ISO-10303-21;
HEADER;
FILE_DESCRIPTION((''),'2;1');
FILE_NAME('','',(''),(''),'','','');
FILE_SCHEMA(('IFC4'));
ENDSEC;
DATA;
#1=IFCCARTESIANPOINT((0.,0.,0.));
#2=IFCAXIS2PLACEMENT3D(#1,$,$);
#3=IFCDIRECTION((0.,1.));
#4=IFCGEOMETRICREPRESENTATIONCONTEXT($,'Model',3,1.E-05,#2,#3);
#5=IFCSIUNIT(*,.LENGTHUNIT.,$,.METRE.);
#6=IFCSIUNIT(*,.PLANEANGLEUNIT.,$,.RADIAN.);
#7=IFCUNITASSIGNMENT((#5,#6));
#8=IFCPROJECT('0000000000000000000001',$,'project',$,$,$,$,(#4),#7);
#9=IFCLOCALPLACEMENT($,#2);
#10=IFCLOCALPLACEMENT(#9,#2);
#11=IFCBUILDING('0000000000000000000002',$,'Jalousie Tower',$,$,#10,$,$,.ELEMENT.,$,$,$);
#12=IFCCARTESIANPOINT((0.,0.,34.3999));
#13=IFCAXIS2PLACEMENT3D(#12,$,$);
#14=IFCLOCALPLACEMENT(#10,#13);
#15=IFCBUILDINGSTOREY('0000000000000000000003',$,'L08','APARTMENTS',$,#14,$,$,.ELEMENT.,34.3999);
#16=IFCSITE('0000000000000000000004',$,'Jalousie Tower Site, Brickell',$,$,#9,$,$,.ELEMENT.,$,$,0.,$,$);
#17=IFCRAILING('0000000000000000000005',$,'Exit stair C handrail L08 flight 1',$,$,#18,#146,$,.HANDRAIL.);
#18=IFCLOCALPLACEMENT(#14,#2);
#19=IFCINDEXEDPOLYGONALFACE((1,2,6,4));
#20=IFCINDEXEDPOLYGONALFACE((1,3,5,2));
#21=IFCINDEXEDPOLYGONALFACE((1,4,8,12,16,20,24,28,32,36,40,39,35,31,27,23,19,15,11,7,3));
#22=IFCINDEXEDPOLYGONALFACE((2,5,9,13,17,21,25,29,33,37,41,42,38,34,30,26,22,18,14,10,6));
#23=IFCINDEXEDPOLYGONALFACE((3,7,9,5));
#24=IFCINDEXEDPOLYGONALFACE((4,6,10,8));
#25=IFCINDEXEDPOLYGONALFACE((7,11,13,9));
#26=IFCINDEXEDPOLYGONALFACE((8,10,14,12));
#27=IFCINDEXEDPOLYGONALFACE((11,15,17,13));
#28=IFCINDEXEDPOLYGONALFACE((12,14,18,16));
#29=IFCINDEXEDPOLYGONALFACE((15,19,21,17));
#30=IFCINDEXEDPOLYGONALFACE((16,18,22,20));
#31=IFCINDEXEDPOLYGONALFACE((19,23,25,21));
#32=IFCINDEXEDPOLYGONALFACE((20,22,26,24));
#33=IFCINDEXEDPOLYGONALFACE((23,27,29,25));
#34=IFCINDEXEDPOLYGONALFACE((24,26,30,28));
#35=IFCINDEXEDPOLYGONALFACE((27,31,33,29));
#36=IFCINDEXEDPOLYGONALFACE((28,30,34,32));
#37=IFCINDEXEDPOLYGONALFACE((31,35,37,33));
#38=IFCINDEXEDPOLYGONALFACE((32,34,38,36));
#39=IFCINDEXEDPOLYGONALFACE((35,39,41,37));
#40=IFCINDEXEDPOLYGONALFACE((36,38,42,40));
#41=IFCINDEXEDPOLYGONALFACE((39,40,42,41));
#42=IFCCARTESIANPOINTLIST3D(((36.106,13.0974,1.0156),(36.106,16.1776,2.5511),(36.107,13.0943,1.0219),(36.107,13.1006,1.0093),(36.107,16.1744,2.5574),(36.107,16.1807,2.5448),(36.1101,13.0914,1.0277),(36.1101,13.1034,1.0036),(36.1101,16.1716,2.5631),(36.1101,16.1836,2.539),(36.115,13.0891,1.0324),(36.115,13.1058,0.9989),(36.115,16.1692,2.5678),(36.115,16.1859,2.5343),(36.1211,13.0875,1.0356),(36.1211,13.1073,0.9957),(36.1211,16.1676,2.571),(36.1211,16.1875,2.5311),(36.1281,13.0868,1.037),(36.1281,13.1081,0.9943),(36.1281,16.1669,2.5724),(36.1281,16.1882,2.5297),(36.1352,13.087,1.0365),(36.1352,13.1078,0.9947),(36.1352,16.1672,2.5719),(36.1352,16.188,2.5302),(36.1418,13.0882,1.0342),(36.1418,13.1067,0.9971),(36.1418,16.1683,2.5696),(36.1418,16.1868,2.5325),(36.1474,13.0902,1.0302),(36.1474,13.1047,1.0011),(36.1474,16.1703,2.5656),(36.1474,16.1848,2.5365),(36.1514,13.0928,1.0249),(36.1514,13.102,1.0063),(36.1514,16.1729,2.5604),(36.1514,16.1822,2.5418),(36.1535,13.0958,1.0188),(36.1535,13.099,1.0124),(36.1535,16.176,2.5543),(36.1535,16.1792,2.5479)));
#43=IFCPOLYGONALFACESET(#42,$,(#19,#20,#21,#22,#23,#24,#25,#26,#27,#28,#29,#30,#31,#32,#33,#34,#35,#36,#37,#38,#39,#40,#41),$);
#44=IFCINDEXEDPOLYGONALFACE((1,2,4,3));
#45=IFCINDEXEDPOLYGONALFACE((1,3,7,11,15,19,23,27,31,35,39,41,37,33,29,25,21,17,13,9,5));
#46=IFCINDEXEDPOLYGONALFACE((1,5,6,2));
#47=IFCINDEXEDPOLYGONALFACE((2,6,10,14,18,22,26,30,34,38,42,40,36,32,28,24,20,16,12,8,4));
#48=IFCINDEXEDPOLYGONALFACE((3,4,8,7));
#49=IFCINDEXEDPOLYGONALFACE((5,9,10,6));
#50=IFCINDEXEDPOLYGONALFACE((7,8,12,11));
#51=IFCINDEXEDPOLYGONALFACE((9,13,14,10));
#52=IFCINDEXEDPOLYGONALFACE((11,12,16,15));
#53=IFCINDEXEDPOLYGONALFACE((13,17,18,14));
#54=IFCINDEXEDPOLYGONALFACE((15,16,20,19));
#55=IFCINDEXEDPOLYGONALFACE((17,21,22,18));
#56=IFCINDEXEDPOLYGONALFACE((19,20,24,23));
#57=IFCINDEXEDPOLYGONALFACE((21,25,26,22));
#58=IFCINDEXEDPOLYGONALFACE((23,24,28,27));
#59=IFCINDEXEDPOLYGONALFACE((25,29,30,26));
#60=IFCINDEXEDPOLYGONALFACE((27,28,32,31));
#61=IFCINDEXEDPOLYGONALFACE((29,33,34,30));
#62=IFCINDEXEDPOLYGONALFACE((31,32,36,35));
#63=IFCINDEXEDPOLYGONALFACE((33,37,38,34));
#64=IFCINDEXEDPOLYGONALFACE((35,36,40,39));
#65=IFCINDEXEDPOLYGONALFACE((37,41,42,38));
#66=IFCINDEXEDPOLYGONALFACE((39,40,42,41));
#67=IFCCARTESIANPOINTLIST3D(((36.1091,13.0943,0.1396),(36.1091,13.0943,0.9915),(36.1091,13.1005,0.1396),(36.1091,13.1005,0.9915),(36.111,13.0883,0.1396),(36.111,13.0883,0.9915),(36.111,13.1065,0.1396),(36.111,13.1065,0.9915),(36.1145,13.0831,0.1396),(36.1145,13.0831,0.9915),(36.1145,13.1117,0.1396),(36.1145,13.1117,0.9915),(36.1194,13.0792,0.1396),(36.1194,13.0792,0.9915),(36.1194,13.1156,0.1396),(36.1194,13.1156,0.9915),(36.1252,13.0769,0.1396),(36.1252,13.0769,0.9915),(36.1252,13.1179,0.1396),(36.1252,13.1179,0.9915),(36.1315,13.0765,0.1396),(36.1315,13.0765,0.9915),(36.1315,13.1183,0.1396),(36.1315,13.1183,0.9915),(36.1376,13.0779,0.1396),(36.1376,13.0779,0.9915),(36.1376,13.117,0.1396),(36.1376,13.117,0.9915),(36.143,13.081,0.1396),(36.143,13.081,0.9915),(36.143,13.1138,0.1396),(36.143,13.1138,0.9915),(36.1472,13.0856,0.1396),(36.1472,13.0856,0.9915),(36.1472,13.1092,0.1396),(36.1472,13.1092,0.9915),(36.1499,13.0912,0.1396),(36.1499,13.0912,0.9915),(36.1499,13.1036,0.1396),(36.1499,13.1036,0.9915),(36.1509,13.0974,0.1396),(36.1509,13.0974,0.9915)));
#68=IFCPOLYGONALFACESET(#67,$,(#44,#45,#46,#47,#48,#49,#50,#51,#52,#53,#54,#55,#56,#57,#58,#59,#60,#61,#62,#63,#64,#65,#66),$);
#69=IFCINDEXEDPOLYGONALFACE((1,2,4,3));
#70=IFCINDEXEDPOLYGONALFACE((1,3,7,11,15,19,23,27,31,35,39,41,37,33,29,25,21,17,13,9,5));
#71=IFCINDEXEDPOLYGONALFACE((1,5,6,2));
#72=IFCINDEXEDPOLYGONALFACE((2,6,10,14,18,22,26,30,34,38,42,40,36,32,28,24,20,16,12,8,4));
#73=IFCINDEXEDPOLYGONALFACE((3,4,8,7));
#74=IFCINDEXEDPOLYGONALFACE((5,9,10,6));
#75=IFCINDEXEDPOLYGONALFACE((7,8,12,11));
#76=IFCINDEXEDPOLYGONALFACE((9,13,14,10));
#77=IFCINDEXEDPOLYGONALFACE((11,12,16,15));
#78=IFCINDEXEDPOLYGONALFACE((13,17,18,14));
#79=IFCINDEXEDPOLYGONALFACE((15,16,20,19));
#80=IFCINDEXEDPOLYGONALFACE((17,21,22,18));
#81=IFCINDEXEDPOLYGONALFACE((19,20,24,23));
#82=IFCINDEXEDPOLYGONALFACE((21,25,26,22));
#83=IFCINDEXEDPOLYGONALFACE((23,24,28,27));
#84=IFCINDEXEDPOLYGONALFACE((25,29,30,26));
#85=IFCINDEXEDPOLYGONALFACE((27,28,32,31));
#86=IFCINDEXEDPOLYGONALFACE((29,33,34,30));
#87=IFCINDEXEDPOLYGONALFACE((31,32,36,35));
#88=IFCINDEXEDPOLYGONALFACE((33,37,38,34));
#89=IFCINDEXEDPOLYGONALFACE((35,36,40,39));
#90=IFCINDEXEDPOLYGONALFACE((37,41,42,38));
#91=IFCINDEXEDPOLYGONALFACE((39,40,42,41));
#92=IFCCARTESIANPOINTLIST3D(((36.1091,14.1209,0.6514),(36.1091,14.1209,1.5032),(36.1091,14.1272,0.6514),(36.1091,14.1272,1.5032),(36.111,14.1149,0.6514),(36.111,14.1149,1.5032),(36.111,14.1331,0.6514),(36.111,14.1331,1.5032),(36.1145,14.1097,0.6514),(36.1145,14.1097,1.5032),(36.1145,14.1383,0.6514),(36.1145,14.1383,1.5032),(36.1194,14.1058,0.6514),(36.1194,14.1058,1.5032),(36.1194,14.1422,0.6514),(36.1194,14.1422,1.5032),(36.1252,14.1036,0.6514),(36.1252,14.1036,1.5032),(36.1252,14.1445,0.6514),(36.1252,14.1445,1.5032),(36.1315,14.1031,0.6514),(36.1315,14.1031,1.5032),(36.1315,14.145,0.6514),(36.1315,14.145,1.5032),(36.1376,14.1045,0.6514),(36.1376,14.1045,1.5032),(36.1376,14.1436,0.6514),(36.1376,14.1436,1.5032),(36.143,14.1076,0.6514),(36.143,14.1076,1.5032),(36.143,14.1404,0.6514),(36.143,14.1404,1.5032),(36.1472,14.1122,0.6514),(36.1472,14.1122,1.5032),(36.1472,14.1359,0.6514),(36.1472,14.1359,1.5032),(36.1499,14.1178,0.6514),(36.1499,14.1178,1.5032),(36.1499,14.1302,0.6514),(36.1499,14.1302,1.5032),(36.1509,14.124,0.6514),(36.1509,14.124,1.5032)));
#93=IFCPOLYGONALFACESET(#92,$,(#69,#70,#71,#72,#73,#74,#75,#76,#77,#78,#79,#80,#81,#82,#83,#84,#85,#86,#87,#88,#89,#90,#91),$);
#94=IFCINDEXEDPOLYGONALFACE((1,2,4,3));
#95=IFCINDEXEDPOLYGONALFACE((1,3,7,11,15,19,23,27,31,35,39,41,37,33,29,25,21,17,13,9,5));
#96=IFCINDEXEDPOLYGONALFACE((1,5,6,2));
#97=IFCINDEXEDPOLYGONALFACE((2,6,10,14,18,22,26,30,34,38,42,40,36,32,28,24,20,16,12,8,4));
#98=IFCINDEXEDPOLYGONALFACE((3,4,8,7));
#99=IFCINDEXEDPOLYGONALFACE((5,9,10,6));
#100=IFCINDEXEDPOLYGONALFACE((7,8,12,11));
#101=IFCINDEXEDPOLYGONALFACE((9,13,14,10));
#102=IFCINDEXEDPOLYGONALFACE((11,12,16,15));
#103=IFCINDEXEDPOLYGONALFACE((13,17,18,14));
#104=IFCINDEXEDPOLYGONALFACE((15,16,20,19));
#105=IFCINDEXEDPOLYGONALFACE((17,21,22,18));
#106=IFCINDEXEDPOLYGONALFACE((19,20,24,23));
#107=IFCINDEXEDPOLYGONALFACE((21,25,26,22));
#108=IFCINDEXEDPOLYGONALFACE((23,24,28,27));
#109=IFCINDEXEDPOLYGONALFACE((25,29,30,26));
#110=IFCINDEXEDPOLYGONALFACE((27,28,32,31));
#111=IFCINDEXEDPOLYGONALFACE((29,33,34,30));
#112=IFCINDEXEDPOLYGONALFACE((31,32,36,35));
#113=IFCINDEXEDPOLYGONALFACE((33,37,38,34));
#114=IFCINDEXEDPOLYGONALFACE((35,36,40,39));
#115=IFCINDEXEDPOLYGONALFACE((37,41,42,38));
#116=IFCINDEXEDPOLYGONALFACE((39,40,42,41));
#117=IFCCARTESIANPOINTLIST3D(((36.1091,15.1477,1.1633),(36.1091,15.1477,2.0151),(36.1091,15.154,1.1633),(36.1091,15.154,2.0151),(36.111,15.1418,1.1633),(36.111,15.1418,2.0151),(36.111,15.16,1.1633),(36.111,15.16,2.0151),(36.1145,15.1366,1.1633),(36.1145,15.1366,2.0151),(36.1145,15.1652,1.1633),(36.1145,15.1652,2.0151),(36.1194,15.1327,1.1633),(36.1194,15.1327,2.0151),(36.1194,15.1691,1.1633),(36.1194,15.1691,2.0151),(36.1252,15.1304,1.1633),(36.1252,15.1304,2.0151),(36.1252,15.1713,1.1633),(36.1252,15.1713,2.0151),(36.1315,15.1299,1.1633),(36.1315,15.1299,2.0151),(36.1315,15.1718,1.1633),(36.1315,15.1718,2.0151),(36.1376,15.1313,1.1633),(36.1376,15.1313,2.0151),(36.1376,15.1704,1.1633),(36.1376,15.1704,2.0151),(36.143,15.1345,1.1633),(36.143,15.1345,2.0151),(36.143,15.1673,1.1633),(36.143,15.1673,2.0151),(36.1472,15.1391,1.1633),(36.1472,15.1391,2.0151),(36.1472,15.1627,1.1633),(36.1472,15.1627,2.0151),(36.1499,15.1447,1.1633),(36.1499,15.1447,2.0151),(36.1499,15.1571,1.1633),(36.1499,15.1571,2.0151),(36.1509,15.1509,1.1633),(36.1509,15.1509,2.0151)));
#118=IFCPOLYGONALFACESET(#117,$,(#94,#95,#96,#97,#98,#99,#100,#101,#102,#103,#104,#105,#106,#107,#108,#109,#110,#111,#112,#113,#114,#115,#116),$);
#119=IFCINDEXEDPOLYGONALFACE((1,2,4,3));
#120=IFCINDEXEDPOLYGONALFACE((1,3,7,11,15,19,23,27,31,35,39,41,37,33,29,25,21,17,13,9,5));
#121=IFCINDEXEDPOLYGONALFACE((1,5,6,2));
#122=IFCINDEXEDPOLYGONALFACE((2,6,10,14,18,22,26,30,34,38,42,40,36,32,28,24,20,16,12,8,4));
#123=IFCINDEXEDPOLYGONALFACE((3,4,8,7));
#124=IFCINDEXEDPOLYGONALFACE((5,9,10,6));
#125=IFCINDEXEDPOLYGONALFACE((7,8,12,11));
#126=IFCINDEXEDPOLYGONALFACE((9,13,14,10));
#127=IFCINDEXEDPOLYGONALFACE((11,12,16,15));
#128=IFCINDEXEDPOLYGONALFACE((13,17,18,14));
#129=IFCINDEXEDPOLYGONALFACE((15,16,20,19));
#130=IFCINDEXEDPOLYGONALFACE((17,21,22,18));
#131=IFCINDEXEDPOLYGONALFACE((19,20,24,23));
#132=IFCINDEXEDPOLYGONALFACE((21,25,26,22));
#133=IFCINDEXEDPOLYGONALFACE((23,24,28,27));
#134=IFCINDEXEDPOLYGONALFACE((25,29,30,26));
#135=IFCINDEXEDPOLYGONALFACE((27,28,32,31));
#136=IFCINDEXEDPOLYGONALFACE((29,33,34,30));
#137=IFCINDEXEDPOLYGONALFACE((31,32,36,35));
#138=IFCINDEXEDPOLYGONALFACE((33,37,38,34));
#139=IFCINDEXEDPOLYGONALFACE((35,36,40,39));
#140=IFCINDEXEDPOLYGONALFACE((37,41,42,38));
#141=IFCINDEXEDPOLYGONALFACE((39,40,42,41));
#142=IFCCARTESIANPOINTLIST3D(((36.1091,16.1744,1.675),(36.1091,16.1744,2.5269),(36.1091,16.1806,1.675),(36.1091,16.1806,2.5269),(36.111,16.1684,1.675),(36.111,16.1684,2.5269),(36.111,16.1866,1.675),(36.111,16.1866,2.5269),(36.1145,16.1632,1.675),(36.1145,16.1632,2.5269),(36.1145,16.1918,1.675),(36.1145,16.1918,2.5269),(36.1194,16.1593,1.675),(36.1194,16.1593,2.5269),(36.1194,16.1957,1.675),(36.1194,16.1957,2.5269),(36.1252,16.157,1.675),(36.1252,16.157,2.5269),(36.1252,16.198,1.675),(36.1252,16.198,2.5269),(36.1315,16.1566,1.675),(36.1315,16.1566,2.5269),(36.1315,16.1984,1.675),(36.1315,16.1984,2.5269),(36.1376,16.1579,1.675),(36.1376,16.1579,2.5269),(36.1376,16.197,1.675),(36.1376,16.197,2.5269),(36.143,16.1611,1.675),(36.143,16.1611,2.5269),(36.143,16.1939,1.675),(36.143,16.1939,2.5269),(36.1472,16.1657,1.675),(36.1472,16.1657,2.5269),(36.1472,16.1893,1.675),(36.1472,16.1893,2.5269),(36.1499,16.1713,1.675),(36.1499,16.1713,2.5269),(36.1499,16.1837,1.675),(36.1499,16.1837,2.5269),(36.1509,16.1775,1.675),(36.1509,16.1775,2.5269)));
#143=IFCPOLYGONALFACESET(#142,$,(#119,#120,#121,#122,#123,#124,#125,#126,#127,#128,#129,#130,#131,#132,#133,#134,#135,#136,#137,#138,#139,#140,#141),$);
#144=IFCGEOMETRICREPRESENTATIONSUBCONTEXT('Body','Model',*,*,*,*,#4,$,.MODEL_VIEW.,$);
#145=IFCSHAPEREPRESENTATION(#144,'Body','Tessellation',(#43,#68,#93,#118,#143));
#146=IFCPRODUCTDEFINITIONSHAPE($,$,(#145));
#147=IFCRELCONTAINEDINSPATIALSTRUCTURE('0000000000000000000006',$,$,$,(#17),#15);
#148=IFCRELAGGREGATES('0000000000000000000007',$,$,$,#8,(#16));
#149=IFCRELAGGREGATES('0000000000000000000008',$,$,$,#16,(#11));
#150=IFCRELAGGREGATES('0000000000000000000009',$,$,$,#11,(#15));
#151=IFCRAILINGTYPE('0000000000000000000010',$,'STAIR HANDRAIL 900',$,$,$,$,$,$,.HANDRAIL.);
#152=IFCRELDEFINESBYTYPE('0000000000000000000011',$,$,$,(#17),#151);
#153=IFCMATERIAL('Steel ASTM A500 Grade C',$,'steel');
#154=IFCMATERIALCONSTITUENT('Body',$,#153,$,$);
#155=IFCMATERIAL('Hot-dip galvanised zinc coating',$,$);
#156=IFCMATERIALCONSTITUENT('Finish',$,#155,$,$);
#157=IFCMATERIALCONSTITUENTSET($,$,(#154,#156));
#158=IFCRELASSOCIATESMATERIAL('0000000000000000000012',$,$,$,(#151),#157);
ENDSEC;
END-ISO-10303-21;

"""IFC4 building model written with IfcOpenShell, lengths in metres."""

from ifc_helpers import new_model, si_unit, direction, frame, origin, origin_2d, place, context, subcontext, project, spatial, circle, extrude, material, constituent, constituent_set, type_object, element, save


model = new_model("IFC4")

# Units and contexts
model_context = context("Model", 3, precision=1e-05, world=origin(), true_north=direction((0.0, 1.0)))
body_context = subcontext(model_context, "Body", "Model", "MODEL_VIEW")
ifc_project = project(units=[si_unit("LENGTHUNIT", "METRE"), si_unit("PLANEANGLEUNIT", "RADIAN")], contexts=[model_context])

# Site, building, storey
site_placement = place(None, origin())
site = spatial("IfcSite", under=ifc_project, at=site_placement, Name="Jalousie Tower Site, Brickell", CompositionType="ELEMENT", RefElevation=0.0)
building_placement = place(site_placement, origin())
building = spatial("IfcBuilding", under=site, at=building_placement, Name="Jalousie Tower", CompositionType="ELEMENT")
storey_placement = place(building_placement, frame((0.0, 0.0, 34.3999)))
storey = spatial("IfcBuildingStorey", under=building, at=storey_placement, Name="L08", Description="APARTMENTS", CompositionType="ELEMENT", Elevation=34.3999)

# Railing
ifc_material_1 = material(Name="Steel ASTM A500 Grade C", Category="steel")
ifc_constituent_1 = constituent(ifc_material_1, Name="Body")
ifc_material_2 = material(Name="Hot-dip galvanised zinc coating")
ifc_constituent_2 = constituent(ifc_material_2, Name="Finish")
ifc_constituent_set_1 = constituent_set(constituents=[ifc_constituent_1, ifc_constituent_2])
railing_type = type_object("IfcRailingType", Name="STAIR HANDRAIL 900", PredefinedType="HANDRAIL", material=ifc_constituent_set_1)
railing_placement = place(storey_placement, frame((36.1299, 13.0974, 0.1396)))
element("IfcRailing", 1, at=railing_placement, inside=storey, type_object=railing_type, Name="Exit stair C handrail L08 flight 1", PredefinedType="HANDRAIL", context=body_context, shape_type="SweptSolid", body=[
    extrude(circle(Radius=0.0239, at=origin_2d()), frame((0.0, 0.0, 0.876), z_axis=(0.0, 0.894966, 0.446135), x_axis=(-1.0, 0.0, 0.0)), (0.0, 0.0, 1.0), 3.4417),
    extrude(circle(Radius=0.021, at=origin_2d()), origin(), (0.0, 0.0, 1.0), 0.8518),
    extrude(circle(Radius=0.021, at=origin_2d()), frame((0.0, 1.0266, 0.5117)), (0.0, 0.0, 1.0), 0.8518),
    extrude(circle(Radius=0.021, at=origin_2d()), frame((0.0, 2.0535, 1.0237)), (0.0, 0.0, 1.0), 0.8518),
    extrude(circle(Radius=0.021, at=origin_2d()), frame((0.0, 3.0801, 1.5354)), (0.0, 0.0, 1.0), 0.8518),
])

save(model, "model.ifc")
